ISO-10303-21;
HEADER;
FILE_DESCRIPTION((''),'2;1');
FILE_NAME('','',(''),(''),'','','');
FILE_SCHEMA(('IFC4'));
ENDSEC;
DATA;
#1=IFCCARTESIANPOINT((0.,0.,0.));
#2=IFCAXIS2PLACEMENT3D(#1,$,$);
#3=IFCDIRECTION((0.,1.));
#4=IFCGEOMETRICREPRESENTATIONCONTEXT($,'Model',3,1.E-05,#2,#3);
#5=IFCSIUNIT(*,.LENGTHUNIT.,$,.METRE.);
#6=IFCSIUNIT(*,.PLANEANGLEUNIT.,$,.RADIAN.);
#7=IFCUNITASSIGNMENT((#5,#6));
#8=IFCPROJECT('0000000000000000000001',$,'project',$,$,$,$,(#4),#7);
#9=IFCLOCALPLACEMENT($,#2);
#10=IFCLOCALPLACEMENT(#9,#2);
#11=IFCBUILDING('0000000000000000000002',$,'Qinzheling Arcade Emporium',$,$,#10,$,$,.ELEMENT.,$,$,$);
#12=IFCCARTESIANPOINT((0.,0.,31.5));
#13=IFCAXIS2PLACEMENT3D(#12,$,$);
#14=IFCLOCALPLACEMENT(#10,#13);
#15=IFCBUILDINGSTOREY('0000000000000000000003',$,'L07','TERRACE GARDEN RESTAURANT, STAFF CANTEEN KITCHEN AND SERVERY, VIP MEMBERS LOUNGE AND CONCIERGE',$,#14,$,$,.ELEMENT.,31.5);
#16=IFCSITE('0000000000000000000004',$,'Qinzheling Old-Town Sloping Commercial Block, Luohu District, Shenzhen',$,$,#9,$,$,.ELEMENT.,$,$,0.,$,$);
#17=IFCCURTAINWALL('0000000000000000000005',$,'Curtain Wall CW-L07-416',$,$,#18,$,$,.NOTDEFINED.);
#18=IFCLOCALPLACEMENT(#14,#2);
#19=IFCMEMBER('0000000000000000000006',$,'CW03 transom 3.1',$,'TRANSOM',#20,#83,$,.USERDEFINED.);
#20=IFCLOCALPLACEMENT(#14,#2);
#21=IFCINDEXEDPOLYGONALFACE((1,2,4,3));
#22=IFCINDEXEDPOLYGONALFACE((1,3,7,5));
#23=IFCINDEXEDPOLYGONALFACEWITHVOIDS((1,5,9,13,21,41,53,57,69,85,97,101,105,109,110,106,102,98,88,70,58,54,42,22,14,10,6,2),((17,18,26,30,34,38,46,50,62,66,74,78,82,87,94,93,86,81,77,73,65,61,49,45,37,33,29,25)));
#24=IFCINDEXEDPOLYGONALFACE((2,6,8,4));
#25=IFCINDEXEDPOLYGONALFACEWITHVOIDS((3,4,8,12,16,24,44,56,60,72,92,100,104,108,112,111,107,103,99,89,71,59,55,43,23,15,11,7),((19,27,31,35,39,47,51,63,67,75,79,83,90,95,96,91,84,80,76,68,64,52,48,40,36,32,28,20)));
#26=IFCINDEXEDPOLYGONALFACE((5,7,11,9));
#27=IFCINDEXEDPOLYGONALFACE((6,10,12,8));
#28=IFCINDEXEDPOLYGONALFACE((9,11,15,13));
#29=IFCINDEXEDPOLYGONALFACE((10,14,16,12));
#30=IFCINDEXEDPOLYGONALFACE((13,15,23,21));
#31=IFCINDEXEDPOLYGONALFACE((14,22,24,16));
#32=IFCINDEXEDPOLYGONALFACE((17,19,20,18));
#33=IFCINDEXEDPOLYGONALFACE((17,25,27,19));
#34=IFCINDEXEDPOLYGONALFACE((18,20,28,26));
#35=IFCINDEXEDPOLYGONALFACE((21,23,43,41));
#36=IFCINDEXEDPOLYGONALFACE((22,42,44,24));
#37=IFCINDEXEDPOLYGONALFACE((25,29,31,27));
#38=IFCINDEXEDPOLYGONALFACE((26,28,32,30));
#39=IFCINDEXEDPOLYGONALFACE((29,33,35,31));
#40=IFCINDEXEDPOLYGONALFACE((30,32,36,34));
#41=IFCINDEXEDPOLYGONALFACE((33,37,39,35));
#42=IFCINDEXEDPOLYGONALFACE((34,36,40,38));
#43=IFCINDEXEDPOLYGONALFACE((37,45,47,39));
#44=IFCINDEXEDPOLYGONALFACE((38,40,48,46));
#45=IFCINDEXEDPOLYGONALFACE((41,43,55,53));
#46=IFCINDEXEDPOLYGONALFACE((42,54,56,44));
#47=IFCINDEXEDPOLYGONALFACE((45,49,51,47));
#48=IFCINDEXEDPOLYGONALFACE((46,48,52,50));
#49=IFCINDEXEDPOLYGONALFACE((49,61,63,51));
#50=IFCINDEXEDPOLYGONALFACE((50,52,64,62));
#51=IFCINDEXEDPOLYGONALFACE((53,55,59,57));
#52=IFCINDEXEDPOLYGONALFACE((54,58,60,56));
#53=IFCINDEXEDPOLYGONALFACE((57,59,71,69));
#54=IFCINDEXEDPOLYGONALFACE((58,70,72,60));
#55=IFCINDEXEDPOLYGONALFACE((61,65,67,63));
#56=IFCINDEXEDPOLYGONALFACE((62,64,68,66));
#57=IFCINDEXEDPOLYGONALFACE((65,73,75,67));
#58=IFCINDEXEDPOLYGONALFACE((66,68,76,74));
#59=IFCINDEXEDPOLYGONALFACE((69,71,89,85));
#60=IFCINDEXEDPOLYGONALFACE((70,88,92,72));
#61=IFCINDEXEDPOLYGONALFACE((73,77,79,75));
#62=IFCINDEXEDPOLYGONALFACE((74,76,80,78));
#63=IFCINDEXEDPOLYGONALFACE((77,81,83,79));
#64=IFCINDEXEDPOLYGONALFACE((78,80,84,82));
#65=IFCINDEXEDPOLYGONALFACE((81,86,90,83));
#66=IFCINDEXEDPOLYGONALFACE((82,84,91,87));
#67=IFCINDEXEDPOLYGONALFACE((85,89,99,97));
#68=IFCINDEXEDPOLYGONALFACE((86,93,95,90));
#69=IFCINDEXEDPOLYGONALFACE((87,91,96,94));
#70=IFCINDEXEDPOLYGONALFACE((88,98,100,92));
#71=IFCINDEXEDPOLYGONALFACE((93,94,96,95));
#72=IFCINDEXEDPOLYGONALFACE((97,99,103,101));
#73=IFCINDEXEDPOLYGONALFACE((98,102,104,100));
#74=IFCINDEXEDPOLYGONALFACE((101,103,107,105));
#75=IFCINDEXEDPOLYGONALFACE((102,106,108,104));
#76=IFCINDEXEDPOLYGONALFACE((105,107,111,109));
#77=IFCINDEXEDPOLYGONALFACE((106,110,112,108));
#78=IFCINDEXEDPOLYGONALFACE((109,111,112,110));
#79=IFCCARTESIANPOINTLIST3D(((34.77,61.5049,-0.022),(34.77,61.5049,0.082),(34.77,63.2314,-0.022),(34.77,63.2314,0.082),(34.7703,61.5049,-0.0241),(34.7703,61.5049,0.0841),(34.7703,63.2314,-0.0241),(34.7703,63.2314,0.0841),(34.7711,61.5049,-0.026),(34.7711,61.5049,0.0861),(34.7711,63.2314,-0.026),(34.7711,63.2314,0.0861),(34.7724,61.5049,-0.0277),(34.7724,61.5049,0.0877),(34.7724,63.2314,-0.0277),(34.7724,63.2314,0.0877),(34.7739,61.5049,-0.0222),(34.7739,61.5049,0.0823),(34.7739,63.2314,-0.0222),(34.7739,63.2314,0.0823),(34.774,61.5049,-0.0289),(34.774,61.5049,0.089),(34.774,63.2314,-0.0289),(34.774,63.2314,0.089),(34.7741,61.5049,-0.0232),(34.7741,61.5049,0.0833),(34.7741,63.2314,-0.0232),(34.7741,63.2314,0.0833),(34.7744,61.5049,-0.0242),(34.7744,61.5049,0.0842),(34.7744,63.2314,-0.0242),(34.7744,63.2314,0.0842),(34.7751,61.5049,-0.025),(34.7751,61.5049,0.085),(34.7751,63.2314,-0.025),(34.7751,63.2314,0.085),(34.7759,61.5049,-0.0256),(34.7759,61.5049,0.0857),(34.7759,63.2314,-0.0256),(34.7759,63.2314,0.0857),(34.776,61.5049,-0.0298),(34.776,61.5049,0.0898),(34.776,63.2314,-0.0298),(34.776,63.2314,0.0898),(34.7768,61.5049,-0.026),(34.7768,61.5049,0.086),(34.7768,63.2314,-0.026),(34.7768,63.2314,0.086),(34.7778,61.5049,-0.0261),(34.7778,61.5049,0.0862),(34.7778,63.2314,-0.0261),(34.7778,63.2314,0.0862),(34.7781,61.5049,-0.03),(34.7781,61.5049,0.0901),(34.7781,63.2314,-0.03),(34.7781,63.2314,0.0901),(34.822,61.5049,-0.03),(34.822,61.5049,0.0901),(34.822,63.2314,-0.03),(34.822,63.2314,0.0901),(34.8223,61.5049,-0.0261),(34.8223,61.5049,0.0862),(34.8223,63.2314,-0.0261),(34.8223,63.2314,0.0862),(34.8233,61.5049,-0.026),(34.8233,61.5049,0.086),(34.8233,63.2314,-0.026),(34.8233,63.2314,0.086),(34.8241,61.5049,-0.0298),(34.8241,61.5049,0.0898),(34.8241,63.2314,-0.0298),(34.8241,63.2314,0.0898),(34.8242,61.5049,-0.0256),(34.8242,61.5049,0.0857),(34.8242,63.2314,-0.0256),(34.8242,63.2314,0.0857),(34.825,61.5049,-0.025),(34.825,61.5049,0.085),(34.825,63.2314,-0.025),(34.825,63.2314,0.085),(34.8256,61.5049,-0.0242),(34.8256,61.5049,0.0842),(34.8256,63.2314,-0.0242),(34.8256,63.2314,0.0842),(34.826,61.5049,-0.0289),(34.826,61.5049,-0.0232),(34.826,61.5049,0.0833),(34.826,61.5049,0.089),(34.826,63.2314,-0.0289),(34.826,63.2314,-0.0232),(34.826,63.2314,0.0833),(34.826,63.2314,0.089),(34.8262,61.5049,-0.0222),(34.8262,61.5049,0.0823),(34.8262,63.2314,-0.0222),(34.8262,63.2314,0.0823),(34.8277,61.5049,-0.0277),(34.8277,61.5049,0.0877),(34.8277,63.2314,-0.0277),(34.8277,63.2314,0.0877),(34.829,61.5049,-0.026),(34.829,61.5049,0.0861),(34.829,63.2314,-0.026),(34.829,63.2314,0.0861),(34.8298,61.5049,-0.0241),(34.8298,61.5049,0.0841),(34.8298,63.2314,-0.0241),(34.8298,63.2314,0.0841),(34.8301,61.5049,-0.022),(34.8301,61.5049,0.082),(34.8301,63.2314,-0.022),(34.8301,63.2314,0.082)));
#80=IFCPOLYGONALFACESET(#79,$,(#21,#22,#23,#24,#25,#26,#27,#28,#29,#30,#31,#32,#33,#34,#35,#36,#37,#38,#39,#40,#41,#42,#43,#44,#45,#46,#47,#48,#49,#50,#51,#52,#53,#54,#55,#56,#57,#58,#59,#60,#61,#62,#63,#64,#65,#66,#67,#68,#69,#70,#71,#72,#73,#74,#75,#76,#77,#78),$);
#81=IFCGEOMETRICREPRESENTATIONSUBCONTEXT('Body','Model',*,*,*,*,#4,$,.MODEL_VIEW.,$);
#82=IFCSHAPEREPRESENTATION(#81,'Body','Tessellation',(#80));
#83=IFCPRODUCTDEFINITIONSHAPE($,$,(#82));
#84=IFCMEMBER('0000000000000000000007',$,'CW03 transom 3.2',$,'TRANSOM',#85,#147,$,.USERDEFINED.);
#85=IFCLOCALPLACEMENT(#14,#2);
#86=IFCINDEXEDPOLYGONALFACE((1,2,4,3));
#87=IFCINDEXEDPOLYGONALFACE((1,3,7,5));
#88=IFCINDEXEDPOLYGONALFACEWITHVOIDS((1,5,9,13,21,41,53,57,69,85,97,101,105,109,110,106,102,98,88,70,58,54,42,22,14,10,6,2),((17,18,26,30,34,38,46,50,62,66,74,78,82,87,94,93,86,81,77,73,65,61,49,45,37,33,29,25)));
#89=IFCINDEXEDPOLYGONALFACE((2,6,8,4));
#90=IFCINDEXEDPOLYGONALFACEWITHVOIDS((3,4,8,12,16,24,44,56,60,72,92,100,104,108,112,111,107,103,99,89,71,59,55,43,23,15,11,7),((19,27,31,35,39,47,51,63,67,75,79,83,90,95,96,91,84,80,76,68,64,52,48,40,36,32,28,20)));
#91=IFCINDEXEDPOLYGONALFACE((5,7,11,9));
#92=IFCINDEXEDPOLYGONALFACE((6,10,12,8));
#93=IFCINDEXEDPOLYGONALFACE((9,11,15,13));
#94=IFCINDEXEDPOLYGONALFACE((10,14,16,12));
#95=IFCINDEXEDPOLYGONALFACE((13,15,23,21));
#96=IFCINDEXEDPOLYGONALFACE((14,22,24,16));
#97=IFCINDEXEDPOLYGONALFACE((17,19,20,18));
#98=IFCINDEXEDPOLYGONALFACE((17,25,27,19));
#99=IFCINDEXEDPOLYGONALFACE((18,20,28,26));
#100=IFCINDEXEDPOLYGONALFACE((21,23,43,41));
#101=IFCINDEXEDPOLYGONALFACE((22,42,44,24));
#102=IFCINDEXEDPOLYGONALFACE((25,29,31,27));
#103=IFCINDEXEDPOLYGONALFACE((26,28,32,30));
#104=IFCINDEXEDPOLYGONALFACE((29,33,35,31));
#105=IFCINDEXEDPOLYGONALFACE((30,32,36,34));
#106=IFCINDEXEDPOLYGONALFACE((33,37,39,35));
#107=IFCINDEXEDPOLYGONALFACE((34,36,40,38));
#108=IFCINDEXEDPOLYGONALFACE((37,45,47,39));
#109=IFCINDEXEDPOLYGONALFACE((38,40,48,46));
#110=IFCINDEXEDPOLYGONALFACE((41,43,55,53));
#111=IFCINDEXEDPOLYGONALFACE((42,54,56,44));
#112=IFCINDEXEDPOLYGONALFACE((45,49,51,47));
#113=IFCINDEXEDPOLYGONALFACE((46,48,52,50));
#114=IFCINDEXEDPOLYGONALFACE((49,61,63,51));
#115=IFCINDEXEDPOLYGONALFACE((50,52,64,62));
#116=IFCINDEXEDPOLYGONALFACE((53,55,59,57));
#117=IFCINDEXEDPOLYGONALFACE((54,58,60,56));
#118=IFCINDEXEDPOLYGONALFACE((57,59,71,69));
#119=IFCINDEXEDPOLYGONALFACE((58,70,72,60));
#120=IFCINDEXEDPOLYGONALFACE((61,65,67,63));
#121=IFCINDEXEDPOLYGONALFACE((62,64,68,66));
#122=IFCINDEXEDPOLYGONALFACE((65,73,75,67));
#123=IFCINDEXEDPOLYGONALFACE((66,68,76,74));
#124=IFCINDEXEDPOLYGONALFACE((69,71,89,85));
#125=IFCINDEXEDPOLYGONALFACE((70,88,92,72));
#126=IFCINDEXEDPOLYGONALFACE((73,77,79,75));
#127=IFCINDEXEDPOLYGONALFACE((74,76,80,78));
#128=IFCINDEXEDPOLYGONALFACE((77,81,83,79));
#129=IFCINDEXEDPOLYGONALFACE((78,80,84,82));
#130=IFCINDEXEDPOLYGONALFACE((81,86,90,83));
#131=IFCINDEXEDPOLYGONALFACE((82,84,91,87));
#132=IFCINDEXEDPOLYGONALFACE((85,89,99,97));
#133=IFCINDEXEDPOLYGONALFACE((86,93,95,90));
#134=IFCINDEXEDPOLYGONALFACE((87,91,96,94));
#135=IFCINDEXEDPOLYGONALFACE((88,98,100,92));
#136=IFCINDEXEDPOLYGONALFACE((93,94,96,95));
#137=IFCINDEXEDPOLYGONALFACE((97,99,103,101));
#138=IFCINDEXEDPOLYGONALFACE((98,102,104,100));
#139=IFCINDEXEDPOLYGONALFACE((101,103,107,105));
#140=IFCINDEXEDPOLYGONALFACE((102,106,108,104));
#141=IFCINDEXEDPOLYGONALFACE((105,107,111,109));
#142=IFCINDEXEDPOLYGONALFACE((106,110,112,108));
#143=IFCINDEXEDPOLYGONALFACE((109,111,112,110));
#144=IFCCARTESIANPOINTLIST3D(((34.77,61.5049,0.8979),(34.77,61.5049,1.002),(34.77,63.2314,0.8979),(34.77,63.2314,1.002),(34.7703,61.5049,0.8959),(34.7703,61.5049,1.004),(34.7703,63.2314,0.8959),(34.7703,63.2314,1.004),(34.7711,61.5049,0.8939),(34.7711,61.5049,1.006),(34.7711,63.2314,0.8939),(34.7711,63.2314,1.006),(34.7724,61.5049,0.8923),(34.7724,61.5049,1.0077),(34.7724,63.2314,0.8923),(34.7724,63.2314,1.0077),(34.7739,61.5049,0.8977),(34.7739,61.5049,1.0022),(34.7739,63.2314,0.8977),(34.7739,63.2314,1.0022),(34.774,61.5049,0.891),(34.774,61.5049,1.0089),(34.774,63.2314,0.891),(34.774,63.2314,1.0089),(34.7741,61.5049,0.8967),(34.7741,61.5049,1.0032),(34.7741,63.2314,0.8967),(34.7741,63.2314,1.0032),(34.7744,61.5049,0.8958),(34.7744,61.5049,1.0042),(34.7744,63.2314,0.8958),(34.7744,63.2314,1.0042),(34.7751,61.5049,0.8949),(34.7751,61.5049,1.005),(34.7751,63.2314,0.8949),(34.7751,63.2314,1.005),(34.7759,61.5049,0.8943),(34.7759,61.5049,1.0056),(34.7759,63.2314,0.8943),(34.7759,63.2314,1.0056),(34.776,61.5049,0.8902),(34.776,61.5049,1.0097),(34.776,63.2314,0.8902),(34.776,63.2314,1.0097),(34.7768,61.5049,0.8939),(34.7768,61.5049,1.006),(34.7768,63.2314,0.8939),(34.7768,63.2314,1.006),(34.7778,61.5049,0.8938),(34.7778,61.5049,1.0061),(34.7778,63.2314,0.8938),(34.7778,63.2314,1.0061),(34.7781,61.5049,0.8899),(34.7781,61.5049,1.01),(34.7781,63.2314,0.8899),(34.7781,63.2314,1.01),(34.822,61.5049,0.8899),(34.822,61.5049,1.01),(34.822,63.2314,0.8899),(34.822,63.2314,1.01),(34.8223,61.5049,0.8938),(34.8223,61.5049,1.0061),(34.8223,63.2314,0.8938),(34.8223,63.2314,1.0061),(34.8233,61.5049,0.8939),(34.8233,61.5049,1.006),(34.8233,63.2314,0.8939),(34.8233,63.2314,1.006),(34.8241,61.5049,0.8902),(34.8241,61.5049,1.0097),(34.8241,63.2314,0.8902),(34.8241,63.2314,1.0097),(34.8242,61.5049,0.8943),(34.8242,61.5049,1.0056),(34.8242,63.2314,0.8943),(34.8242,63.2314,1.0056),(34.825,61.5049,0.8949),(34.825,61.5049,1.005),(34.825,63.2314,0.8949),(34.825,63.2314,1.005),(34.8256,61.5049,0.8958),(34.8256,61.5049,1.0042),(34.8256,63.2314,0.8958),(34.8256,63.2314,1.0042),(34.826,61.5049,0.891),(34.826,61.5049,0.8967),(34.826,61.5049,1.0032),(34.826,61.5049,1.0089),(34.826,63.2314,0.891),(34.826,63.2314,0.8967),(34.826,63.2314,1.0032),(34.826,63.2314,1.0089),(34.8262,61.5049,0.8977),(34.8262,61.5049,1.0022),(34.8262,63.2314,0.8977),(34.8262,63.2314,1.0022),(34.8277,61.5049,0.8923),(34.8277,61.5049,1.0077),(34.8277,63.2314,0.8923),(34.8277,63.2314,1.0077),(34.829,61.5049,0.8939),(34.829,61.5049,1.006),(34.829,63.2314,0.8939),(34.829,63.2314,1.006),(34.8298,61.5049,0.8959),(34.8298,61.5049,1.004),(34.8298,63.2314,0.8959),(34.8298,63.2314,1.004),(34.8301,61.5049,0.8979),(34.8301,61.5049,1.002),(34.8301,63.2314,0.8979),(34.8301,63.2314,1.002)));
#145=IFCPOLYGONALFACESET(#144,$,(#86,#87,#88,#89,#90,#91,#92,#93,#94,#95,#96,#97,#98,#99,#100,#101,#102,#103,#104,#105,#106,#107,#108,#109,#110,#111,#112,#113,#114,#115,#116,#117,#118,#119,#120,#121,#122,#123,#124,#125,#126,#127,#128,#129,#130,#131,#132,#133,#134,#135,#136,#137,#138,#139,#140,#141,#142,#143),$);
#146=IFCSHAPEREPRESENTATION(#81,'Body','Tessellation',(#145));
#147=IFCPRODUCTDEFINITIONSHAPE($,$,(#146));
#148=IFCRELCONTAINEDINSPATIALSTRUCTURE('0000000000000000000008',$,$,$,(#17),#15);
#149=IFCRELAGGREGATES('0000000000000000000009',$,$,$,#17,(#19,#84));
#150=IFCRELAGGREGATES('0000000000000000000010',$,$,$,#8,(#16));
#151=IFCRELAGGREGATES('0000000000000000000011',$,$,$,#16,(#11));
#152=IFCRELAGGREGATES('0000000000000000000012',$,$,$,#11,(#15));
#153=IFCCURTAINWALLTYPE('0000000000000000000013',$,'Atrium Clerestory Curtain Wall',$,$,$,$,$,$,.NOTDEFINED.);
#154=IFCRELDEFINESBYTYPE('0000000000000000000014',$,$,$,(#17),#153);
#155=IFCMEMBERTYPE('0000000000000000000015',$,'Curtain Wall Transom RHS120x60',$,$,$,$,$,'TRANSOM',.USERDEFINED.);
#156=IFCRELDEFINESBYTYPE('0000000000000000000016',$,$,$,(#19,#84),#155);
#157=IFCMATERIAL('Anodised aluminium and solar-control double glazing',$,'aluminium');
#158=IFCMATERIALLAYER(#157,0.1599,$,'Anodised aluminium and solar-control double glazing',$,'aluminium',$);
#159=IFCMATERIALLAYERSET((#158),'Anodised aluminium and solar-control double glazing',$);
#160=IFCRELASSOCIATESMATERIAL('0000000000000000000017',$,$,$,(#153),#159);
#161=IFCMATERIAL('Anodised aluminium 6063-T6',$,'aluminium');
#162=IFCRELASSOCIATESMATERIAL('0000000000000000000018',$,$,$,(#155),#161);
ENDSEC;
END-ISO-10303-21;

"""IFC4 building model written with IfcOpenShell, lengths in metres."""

from ifc_helpers import new_model, si_unit, direction, frame, origin, origin_2d, place, context, subcontext, project, spatial, hollow_rectangle, extrude, material, layer, layer_set, material_profile, profile_set, type_object, element, aggregate, save


model = new_model("IFC4")

# Units and contexts
model_context = context("Model", 3, precision=1e-05, world=origin(), true_north=direction((0.0, 1.0)))
body_context = subcontext(model_context, "Body", "Model", "MODEL_VIEW")
ifc_project = project(units=[si_unit("LENGTHUNIT", "METRE"), si_unit("PLANEANGLEUNIT", "RADIAN")], contexts=[model_context])

# Site, building, storey
site_placement = place(None, origin())
site = spatial("IfcSite", under=ifc_project, at=site_placement, Name="Qinzheling Old-Town Sloping Commercial Block, Luohu District, Shenzhen", CompositionType="ELEMENT", RefElevation=0.0)
building_placement = place(site_placement, origin())
building = spatial("IfcBuilding", under=site, at=building_placement, Name="Qinzheling Arcade Emporium", CompositionType="ELEMENT")
storey_placement = place(building_placement, frame((0.0, 0.0, 31.5)))
storey = spatial("IfcBuildingStorey", under=building, at=storey_placement, Name="L07", Description="TERRACE GARDEN RESTAURANT, STAFF CANTEEN KITCHEN AND SERVERY, VIP MEMBERS LOUNGE AND CONCIERGE", CompositionType="ELEMENT", Elevation=31.5)

# Shared definitions
ifc_material_1 = material(Name="Anodised aluminium and solar-control double glazing", Category="aluminium")
ifc_layer_1 = layer(ifc_material_1, 0.1599, Name="Anodised aluminium and solar-control double glazing", Category="aluminium")
ifc_layer_set_1 = layer_set([ifc_layer_1], Name="Anodised aluminium and solar-control double glazing")
curtain_wall_type = type_object("IfcCurtainWallType", Name="Atrium Clerestory Curtain Wall", PredefinedType="NOTDEFINED", material=ifc_layer_set_1)
ifc_material_2 = material(Name="Anodised aluminium 6063-T6", Category="aluminium")

# Curtain wall, members
curtain_wall_1_placement = place(storey_placement, origin())
curtain_wall_1 = element("IfcCurtainWall", 1, at=curtain_wall_1_placement, inside=storey, type_object=curtain_wall_type, Name="Curtain Wall CW-L07-416", PredefinedType="NOTDEFINED")
ifc_material_profile_1 = material_profile(ifc_material_2, hollow_rectangle(XDim=0.0601, YDim=0.1201, WallThickness=0.0039, InnerFilletRadius=0.0039, OuterFilletRadius=0.0081, at=origin_2d()), Name="RHS 120x60x4", Category="aluminium")
ifc_profile_set_1 = profile_set([ifc_material_profile_1], Name="Anodised aluminium 6063-T6")
member_type_1 = type_object("IfcMemberType", Name="Curtain Wall Transom RHS120x60", ElementType="TRANSOM", PredefinedType="USERDEFINED", material=ifc_profile_set_1)
member_1_placement = place(storey_placement, frame((34.8, 61.5049, 0.03), z_axis=(0.0, 1.0, 0.0), x_axis=(-1.0, 0.0, 0.0)))
member_1 = element("IfcMember", 2, at=member_1_placement, type_object=member_type_1, Name="CW03 transom 3.1", ObjectType="TRANSOM", PredefinedType="USERDEFINED", context=body_context, shape_type="SweptSolid", body=[
    extrude(hollow_rectangle(XDim=0.0601, YDim=0.1201, WallThickness=0.0039, InnerFilletRadius=0.0039, OuterFilletRadius=0.0081, at=origin_2d()), origin(), (0.0, 0.0, 1.0), 1.7266),
])
member_2_placement = place(storey_placement, frame((34.8, 61.5049, 0.95), z_axis=(0.0, 1.0, 0.0), x_axis=(-1.0, 0.0, 0.0)))
member_2 = element("IfcMember", 3, at=member_2_placement, type_object=member_type_1, Name="CW03 transom 3.2", ObjectType="TRANSOM", PredefinedType="USERDEFINED", context=body_context, shape_type="SweptSolid", body=[
    extrude(hollow_rectangle(XDim=0.0601, YDim=0.1201, WallThickness=0.0039, InnerFilletRadius=0.0039, OuterFilletRadius=0.0081, at=origin_2d()), origin(), (0.0, 0.0, 1.0), 1.7266),
])
aggregate(curtain_wall_1, [member_1, member_2])

save(model, "model.ifc")
